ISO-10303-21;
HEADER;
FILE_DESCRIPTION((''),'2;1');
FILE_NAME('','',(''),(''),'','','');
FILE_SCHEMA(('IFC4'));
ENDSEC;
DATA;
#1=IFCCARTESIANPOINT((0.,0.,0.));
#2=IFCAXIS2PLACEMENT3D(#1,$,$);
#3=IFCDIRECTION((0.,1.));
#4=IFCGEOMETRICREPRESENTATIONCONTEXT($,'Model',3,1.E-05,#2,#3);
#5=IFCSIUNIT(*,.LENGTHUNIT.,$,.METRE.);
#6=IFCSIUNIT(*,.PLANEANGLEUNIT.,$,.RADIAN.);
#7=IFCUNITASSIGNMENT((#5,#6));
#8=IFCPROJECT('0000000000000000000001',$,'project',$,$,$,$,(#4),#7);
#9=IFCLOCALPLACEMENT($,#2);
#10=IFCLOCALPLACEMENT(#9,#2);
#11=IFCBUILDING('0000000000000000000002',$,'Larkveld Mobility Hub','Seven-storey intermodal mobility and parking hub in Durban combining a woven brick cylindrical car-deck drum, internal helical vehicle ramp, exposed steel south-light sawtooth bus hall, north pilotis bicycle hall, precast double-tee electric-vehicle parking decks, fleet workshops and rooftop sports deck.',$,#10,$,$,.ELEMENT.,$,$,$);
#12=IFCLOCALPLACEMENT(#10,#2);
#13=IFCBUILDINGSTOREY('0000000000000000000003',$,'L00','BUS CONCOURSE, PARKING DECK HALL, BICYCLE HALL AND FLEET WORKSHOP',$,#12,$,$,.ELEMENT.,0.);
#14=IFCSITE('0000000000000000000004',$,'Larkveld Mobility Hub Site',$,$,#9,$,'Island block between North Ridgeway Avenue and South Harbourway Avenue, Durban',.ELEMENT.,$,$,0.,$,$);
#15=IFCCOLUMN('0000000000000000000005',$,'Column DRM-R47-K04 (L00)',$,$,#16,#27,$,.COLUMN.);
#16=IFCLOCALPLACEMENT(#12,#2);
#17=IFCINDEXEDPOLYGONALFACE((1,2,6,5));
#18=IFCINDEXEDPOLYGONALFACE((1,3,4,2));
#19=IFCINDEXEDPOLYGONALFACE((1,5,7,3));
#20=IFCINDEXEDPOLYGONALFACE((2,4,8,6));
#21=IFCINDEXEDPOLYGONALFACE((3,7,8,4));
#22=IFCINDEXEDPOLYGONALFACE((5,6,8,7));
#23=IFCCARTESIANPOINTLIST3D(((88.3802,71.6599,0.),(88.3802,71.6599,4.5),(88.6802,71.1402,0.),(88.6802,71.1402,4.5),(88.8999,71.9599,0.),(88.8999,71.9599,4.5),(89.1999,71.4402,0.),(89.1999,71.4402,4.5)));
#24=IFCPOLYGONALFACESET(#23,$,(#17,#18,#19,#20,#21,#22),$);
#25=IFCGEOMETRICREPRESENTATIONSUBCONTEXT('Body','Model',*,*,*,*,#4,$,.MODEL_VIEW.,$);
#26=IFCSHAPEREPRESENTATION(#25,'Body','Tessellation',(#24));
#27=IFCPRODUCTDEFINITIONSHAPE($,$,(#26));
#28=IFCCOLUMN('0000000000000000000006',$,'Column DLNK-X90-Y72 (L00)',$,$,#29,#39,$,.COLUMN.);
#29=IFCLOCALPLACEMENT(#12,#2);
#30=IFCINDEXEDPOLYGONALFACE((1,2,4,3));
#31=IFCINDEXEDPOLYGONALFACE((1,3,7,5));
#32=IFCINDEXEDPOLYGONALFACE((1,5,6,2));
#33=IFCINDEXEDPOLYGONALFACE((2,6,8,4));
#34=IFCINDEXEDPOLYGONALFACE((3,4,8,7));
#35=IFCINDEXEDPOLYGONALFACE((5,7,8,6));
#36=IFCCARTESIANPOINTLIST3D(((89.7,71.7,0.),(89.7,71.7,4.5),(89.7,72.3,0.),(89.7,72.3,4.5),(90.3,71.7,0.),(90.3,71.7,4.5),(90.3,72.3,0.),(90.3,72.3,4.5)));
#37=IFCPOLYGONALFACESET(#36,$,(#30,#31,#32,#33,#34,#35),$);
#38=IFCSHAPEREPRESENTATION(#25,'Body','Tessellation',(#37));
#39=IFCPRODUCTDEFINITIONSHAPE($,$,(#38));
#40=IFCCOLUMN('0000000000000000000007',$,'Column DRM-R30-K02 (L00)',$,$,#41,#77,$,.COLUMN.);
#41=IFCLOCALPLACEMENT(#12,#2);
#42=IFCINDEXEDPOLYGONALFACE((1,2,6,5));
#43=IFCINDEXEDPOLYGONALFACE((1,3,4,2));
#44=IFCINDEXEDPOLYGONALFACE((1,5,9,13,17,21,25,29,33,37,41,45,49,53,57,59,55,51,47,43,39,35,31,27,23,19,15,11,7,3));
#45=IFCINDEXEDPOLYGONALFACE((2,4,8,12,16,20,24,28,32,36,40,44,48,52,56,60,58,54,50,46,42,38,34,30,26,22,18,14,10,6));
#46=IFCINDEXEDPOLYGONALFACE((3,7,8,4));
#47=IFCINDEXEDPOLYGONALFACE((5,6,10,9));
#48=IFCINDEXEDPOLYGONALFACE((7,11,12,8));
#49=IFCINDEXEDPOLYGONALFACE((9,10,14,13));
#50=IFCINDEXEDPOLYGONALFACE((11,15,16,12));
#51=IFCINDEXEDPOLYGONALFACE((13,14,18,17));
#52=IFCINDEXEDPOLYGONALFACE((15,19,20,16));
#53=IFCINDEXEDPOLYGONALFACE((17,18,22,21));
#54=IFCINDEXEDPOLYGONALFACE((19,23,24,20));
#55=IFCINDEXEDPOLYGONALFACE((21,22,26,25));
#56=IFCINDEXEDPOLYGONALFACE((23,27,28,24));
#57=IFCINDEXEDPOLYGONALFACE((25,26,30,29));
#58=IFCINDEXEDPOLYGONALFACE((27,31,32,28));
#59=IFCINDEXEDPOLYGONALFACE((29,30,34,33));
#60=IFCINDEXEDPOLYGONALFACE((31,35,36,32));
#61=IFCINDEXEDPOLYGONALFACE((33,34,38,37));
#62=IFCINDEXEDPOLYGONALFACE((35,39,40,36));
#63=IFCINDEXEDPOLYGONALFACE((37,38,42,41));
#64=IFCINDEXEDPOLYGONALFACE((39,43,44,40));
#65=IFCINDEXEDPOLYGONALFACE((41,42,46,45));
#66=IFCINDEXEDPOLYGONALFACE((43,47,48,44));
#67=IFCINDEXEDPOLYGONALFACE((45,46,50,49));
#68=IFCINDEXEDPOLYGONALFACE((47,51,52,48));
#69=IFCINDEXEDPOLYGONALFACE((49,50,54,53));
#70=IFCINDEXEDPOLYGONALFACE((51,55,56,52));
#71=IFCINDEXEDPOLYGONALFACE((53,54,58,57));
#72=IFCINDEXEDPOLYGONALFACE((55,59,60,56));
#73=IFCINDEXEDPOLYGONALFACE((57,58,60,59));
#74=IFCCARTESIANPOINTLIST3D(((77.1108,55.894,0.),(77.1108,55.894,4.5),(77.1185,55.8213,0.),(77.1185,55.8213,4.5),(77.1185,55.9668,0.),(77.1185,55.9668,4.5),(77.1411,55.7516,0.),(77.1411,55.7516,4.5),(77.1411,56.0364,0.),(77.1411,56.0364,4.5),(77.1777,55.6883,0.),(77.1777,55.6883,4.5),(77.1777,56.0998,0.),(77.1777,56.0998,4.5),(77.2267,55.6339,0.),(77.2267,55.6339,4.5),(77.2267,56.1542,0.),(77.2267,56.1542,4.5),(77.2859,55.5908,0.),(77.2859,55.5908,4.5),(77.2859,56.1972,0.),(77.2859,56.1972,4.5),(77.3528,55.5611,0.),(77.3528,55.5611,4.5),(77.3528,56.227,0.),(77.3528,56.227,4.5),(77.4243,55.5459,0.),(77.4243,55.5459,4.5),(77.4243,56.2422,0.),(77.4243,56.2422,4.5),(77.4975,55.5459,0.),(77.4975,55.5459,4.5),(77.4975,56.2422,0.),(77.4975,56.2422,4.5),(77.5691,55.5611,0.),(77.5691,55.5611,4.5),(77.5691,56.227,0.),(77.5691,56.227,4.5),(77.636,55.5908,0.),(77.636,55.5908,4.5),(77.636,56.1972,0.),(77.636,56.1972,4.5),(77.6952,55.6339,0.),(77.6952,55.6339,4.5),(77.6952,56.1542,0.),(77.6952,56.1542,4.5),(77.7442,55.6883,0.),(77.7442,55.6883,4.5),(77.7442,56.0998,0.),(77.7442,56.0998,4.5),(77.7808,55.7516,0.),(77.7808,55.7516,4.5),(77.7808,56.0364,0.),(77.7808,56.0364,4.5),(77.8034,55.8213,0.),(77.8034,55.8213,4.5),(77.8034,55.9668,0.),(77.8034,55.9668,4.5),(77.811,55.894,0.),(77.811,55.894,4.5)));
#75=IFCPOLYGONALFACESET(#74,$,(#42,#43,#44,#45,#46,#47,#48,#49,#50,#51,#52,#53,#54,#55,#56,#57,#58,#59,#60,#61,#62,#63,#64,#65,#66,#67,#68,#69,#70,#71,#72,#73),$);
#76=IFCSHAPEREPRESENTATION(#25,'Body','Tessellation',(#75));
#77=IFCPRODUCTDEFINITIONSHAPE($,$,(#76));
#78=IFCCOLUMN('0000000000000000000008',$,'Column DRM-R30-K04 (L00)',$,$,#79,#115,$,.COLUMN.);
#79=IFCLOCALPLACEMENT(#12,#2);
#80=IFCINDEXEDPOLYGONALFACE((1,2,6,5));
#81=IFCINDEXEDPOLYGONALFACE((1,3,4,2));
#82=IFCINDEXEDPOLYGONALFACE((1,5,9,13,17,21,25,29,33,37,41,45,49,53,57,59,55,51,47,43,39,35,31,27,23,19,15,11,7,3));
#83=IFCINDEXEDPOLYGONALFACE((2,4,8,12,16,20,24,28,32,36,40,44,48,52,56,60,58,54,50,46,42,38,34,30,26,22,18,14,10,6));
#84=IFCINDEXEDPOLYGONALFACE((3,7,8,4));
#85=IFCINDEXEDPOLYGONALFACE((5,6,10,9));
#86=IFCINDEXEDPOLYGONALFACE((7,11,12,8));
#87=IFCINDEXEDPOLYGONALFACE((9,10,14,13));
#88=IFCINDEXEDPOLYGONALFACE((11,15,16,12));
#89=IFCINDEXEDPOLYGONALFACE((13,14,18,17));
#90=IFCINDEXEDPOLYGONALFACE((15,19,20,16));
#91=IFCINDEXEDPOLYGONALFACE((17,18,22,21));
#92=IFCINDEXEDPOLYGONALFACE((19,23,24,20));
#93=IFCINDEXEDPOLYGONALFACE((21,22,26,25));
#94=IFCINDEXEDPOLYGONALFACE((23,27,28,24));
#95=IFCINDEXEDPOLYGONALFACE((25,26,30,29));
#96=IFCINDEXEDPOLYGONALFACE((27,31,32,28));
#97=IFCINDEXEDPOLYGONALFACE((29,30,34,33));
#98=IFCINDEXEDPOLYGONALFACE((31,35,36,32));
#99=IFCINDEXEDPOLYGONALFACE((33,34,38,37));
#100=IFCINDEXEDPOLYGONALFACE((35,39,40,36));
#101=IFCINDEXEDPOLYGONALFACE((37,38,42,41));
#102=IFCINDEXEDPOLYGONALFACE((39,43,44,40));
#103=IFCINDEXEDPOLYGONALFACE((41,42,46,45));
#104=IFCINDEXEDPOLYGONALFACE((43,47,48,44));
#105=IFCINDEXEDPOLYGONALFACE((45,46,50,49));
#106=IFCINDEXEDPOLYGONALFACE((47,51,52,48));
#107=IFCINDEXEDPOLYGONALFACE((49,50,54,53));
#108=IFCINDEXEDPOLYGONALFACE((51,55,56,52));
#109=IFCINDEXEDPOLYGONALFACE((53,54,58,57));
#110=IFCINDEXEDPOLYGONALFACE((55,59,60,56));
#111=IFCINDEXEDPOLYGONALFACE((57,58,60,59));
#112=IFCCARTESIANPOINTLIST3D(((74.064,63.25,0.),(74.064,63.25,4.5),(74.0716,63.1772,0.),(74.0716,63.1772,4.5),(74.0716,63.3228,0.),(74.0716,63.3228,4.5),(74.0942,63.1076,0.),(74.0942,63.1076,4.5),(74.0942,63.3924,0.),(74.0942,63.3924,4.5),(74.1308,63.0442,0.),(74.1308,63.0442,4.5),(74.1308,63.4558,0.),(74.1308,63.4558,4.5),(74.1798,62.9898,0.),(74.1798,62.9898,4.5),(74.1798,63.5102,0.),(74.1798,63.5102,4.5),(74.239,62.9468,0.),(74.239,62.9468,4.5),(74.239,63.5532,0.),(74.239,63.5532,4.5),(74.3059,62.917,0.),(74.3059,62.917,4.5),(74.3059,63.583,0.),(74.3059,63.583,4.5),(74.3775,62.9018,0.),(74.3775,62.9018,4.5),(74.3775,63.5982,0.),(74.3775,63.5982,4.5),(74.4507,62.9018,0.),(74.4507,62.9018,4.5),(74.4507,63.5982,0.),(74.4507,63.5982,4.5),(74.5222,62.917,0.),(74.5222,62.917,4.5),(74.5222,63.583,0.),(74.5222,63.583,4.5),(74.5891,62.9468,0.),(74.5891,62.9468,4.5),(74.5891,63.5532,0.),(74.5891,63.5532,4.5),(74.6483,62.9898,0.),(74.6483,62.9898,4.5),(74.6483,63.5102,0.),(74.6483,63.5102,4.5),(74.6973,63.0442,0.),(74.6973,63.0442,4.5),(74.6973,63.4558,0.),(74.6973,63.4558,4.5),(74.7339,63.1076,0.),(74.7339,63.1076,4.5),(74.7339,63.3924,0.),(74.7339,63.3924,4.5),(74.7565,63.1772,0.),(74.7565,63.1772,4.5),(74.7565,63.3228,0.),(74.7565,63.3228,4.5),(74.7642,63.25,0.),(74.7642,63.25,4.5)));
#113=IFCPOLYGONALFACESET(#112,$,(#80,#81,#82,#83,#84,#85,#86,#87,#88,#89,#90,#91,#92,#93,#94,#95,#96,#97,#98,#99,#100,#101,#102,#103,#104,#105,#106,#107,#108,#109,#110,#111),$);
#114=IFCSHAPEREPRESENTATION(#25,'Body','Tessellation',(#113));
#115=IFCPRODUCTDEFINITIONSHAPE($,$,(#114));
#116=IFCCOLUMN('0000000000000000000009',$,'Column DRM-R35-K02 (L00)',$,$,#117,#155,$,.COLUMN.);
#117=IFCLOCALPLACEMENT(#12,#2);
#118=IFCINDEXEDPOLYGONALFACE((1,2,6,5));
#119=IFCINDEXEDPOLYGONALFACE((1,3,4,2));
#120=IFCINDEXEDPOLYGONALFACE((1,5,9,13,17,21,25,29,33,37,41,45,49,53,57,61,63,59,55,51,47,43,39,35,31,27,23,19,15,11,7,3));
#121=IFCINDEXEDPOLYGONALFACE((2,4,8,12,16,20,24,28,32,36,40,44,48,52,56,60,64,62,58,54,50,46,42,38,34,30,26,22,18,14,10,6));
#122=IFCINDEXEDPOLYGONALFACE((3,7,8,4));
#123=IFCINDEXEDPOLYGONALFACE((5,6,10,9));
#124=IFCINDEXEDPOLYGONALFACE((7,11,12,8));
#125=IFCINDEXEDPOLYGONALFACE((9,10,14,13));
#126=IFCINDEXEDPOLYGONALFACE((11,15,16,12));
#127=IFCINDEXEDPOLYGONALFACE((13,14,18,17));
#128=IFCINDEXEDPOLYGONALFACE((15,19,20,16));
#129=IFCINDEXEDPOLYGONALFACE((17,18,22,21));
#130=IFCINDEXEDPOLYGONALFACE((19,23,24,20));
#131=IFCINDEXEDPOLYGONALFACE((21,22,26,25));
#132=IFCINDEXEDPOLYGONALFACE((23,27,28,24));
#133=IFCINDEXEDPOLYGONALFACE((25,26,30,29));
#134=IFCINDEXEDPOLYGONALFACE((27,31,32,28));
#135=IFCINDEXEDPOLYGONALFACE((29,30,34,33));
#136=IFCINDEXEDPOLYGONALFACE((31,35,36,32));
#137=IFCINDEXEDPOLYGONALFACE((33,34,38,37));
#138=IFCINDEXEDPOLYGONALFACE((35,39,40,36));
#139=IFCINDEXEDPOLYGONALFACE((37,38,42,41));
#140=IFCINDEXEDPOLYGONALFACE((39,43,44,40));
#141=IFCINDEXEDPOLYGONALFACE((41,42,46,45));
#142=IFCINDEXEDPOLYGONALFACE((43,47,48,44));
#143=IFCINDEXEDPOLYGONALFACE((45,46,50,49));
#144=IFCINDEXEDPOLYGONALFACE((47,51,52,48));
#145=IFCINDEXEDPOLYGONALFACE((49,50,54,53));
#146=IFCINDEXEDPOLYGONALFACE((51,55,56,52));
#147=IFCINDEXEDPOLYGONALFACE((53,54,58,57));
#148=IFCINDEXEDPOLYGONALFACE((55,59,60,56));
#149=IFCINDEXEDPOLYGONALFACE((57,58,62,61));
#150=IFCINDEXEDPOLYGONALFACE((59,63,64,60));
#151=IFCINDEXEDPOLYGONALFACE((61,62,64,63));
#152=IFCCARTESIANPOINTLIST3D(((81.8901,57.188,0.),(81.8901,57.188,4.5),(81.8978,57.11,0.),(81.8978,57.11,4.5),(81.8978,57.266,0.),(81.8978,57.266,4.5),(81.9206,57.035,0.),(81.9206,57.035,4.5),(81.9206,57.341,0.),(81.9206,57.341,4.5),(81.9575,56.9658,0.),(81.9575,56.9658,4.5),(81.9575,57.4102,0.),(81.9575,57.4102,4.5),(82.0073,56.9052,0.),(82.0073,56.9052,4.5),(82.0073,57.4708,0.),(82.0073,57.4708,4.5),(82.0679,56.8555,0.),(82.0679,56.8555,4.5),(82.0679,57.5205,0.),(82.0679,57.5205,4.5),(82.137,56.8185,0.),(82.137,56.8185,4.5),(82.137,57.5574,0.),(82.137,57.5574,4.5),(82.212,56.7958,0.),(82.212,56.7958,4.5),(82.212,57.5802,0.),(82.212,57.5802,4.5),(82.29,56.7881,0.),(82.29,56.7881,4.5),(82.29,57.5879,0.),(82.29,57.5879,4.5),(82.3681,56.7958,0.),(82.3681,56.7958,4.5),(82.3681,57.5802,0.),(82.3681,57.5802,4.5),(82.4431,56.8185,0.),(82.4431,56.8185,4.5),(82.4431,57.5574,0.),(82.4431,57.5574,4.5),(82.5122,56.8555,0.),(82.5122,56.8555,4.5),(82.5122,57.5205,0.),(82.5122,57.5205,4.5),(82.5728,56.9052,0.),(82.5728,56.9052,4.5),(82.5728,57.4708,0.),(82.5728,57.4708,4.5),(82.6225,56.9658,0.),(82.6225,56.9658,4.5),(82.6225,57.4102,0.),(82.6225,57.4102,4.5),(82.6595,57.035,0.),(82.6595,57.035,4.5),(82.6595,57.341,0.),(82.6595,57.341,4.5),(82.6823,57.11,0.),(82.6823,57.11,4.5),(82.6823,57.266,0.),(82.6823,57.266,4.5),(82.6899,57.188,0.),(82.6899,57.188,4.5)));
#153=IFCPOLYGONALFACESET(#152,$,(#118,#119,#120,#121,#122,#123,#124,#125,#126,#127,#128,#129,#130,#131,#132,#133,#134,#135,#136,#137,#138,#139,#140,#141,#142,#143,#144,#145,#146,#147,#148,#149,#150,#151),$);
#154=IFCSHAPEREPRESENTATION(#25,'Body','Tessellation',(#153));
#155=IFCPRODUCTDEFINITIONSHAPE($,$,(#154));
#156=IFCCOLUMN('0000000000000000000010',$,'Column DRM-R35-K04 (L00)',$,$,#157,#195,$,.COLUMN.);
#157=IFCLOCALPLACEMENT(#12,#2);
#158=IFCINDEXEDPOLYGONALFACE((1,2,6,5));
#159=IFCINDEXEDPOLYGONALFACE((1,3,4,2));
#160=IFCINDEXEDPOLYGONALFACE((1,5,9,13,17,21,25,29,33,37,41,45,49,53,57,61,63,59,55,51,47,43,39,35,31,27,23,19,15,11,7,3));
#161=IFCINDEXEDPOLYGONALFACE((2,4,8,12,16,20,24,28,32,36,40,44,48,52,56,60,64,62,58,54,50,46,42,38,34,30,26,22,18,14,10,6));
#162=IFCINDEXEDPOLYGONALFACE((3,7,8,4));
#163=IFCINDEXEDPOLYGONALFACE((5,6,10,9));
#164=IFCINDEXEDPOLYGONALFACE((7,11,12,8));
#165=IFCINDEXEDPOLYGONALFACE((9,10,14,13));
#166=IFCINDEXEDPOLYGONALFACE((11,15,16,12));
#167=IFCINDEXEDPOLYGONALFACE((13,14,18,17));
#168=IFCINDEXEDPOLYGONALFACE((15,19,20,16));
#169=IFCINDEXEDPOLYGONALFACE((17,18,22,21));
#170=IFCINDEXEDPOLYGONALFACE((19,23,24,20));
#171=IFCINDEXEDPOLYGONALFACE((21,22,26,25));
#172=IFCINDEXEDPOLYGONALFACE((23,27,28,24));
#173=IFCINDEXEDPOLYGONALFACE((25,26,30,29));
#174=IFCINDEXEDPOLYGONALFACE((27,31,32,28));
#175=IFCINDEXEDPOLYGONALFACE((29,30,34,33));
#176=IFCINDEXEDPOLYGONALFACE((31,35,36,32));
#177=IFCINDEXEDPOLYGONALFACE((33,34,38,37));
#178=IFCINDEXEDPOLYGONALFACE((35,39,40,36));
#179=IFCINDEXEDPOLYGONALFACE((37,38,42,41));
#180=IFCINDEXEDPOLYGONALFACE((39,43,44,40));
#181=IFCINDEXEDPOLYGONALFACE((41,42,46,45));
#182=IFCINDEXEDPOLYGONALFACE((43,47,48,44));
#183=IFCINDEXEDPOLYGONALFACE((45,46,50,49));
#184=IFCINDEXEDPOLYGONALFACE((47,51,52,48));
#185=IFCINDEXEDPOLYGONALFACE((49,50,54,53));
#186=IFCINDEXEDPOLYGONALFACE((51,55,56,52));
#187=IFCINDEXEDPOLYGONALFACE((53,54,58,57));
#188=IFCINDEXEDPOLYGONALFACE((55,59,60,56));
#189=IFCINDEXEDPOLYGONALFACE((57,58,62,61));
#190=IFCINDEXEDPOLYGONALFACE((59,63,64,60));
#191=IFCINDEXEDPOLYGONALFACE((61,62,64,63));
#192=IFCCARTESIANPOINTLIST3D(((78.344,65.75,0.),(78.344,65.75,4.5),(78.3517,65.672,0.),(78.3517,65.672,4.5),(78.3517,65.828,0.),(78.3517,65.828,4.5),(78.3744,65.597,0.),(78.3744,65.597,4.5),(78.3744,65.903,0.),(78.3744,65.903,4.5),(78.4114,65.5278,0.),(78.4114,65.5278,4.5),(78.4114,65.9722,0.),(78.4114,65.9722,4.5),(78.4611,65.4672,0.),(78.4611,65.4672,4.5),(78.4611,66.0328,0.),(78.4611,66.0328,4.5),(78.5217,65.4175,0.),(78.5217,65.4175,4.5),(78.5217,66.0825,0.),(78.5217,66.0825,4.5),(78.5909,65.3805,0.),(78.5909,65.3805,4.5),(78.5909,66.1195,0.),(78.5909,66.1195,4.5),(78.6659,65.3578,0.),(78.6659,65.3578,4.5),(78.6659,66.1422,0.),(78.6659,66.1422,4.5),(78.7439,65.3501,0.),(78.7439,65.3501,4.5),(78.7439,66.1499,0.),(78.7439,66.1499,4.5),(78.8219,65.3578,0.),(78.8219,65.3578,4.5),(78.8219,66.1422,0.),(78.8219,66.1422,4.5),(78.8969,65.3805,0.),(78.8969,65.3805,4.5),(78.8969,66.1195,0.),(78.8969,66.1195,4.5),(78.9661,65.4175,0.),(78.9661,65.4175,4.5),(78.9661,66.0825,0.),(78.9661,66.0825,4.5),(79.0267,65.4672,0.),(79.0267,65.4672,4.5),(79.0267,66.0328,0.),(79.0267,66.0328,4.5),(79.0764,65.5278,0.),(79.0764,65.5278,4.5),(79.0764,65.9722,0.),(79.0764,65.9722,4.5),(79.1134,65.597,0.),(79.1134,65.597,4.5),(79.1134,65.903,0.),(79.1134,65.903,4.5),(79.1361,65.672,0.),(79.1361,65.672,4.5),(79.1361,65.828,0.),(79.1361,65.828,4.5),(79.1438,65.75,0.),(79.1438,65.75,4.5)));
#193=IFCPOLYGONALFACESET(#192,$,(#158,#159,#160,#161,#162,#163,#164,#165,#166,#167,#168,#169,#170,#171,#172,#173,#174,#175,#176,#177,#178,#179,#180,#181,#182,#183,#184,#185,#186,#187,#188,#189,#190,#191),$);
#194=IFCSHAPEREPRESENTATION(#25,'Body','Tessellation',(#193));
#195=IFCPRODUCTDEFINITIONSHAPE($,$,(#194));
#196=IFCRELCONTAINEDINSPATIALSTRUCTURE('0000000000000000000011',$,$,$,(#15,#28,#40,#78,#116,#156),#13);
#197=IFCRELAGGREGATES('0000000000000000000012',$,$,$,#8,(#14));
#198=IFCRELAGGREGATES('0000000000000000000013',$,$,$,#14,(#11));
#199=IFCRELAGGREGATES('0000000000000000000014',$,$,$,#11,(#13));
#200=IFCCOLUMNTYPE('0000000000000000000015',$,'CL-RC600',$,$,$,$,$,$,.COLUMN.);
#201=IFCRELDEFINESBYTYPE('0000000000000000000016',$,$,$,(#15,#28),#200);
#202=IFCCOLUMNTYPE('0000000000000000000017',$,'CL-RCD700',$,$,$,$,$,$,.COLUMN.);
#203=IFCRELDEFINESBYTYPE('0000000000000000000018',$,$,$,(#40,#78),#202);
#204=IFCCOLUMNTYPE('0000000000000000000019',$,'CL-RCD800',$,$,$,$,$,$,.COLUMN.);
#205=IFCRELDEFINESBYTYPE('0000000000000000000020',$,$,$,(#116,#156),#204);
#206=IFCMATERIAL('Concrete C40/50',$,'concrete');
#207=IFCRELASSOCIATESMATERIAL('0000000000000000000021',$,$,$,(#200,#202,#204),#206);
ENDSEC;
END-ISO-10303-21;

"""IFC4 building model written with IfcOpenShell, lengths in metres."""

from ifc_helpers import new_model, si_unit, direction, frame, origin, origin_2d, place, context, subcontext, project, spatial, rectangle, circle, extrude, material, material_profile, profile_set, type_object, element, save


model = new_model("IFC4")

# Units and contexts
model_context = context("Model", 3, precision=1e-05, world=origin(), true_north=direction((0.0, 1.0)))
body_context = subcontext(model_context, "Body", "Model", "MODEL_VIEW")
ifc_project = project(units=[si_unit("LENGTHUNIT", "METRE"), si_unit("PLANEANGLEUNIT", "RADIAN")], contexts=[model_context])

# Site, building, storey
site_placement = place(None, origin())
site = spatial("IfcSite", under=ifc_project, at=site_placement, Name="Larkveld Mobility Hub Site", LongName="Island block between North Ridgeway Avenue and South Harbourway Avenue, Durban", CompositionType="ELEMENT", RefElevation=0.0)
building_placement = place(site_placement, origin())
building = spatial("IfcBuilding", under=site, at=building_placement, Name="Larkveld Mobility Hub", Description="Seven-storey intermodal mobility and parking hub in Durban combining a woven brick cylindrical car-deck drum, internal helical vehicle ramp, exposed steel south-light sawtooth bus hall, north pilotis bicycle hall, precast double-tee electric-vehicle parking decks, fleet workshops and rooftop sports deck.", CompositionType="ELEMENT")
storey_placement = place(building_placement, origin())
storey = spatial("IfcBuildingStorey", under=building, at=storey_placement, Name="L00", Description="BUS CONCOURSE, PARKING DECK HALL, BICYCLE HALL AND FLEET WORKSHOP", CompositionType="ELEMENT", Elevation=0.0)

# Columns
ifc_material_1 = material(Name="Concrete C40/50", Category="concrete")
ifc_material_profile_1 = material_profile(ifc_material_1, rectangle(XDim=0.6001, YDim=0.6001, at=origin_2d()), Name="RC COL 600x600")
ifc_profile_set_1 = profile_set([ifc_material_profile_1], Name="Concrete C40/50")
column_type_1 = type_object("IfcColumnType", Name="CL-RC600", PredefinedType="COLUMN", material=ifc_profile_set_1)
for number, where, z_axis, x_axis, name in (
    (1, (88.79, 71.55, 0.0), (0.0, 0.0, 1.0), (0.866025, 0.5, 0.0), "Column DRM-R47-K04 (L00)"),
    (2, (90.0, 72.0, 0.0), (0.0, 0.0, 1.0), (1.0, 0.0, 0.0), "Column DLNK-X90-Y72 (L00)"),
):
    element("IfcColumn", number, at=place(storey_placement, frame(where, z_axis=z_axis, x_axis=x_axis)), inside=storey, type_object=column_type_1, Name=name, PredefinedType="COLUMN", context=body_context, shape_type="SweptSolid", body=[
        extrude(rectangle(XDim=0.6001, YDim=0.6001, at=origin_2d()), origin(), (0.0, 0.0, 1.0), 4.5),
    ])
ifc_material_profile_2 = material_profile(ifc_material_1, circle(Radius=0.3501, at=origin_2d()), Name="RC COL D700")
ifc_profile_set_2 = profile_set([ifc_material_profile_2], Name="Concrete C40/50")
column_type_2 = type_object("IfcColumnType", Name="CL-RCD700", PredefinedType="COLUMN", material=ifc_profile_set_2)
for number, where, z_axis, x_axis, name in (
    (3, (77.4609, 55.894, 0.0), (0.0, 0.0, 1.0), (1.0, 0.0, 0.0), "Column DRM-R30-K02 (L00)"),
    (4, (74.4141, 63.25, 0.0), (0.0, 0.0, 1.0), (1.0, 0.0, 0.0), "Column DRM-R30-K04 (L00)"),
):
    element("IfcColumn", number, at=place(storey_placement, frame(where, z_axis=z_axis, x_axis=x_axis)), inside=storey, type_object=column_type_2, Name=name, PredefinedType="COLUMN", context=body_context, shape_type="SweptSolid", body=[
        extrude(circle(Radius=0.3501, at=origin_2d()), origin(), (0.0, 0.0, 1.0), 4.5),
    ])
ifc_material_profile_3 = material_profile(ifc_material_1, circle(Radius=0.3999, at=origin_2d()), Name="RC COL D800")
ifc_profile_set_3 = profile_set([ifc_material_profile_3], Name="Concrete C40/50")
column_type_3 = type_object("IfcColumnType", Name="CL-RCD800", PredefinedType="COLUMN", material=ifc_profile_set_3)
for number, where, z_axis, x_axis, name in (
    (5, (82.29, 57.188, 0.0), (0.0, 0.0, 1.0), (1.0, 0.0, 0.0), "Column DRM-R35-K02 (L00)"),
    (6, (78.7439, 65.75, 0.0), (0.0, 0.0, 1.0), (1.0, 0.0, 0.0), "Column DRM-R35-K04 (L00)"),
):
    element("IfcColumn", number, at=place(storey_placement, frame(where, z_axis=z_axis, x_axis=x_axis)), inside=storey, type_object=column_type_3, Name=name, PredefinedType="COLUMN", context=body_context, shape_type="SweptSolid", body=[
        extrude(circle(Radius=0.3999, at=origin_2d()), origin(), (0.0, 0.0, 1.0), 4.5),
    ])

save(model, "model.ifc")
